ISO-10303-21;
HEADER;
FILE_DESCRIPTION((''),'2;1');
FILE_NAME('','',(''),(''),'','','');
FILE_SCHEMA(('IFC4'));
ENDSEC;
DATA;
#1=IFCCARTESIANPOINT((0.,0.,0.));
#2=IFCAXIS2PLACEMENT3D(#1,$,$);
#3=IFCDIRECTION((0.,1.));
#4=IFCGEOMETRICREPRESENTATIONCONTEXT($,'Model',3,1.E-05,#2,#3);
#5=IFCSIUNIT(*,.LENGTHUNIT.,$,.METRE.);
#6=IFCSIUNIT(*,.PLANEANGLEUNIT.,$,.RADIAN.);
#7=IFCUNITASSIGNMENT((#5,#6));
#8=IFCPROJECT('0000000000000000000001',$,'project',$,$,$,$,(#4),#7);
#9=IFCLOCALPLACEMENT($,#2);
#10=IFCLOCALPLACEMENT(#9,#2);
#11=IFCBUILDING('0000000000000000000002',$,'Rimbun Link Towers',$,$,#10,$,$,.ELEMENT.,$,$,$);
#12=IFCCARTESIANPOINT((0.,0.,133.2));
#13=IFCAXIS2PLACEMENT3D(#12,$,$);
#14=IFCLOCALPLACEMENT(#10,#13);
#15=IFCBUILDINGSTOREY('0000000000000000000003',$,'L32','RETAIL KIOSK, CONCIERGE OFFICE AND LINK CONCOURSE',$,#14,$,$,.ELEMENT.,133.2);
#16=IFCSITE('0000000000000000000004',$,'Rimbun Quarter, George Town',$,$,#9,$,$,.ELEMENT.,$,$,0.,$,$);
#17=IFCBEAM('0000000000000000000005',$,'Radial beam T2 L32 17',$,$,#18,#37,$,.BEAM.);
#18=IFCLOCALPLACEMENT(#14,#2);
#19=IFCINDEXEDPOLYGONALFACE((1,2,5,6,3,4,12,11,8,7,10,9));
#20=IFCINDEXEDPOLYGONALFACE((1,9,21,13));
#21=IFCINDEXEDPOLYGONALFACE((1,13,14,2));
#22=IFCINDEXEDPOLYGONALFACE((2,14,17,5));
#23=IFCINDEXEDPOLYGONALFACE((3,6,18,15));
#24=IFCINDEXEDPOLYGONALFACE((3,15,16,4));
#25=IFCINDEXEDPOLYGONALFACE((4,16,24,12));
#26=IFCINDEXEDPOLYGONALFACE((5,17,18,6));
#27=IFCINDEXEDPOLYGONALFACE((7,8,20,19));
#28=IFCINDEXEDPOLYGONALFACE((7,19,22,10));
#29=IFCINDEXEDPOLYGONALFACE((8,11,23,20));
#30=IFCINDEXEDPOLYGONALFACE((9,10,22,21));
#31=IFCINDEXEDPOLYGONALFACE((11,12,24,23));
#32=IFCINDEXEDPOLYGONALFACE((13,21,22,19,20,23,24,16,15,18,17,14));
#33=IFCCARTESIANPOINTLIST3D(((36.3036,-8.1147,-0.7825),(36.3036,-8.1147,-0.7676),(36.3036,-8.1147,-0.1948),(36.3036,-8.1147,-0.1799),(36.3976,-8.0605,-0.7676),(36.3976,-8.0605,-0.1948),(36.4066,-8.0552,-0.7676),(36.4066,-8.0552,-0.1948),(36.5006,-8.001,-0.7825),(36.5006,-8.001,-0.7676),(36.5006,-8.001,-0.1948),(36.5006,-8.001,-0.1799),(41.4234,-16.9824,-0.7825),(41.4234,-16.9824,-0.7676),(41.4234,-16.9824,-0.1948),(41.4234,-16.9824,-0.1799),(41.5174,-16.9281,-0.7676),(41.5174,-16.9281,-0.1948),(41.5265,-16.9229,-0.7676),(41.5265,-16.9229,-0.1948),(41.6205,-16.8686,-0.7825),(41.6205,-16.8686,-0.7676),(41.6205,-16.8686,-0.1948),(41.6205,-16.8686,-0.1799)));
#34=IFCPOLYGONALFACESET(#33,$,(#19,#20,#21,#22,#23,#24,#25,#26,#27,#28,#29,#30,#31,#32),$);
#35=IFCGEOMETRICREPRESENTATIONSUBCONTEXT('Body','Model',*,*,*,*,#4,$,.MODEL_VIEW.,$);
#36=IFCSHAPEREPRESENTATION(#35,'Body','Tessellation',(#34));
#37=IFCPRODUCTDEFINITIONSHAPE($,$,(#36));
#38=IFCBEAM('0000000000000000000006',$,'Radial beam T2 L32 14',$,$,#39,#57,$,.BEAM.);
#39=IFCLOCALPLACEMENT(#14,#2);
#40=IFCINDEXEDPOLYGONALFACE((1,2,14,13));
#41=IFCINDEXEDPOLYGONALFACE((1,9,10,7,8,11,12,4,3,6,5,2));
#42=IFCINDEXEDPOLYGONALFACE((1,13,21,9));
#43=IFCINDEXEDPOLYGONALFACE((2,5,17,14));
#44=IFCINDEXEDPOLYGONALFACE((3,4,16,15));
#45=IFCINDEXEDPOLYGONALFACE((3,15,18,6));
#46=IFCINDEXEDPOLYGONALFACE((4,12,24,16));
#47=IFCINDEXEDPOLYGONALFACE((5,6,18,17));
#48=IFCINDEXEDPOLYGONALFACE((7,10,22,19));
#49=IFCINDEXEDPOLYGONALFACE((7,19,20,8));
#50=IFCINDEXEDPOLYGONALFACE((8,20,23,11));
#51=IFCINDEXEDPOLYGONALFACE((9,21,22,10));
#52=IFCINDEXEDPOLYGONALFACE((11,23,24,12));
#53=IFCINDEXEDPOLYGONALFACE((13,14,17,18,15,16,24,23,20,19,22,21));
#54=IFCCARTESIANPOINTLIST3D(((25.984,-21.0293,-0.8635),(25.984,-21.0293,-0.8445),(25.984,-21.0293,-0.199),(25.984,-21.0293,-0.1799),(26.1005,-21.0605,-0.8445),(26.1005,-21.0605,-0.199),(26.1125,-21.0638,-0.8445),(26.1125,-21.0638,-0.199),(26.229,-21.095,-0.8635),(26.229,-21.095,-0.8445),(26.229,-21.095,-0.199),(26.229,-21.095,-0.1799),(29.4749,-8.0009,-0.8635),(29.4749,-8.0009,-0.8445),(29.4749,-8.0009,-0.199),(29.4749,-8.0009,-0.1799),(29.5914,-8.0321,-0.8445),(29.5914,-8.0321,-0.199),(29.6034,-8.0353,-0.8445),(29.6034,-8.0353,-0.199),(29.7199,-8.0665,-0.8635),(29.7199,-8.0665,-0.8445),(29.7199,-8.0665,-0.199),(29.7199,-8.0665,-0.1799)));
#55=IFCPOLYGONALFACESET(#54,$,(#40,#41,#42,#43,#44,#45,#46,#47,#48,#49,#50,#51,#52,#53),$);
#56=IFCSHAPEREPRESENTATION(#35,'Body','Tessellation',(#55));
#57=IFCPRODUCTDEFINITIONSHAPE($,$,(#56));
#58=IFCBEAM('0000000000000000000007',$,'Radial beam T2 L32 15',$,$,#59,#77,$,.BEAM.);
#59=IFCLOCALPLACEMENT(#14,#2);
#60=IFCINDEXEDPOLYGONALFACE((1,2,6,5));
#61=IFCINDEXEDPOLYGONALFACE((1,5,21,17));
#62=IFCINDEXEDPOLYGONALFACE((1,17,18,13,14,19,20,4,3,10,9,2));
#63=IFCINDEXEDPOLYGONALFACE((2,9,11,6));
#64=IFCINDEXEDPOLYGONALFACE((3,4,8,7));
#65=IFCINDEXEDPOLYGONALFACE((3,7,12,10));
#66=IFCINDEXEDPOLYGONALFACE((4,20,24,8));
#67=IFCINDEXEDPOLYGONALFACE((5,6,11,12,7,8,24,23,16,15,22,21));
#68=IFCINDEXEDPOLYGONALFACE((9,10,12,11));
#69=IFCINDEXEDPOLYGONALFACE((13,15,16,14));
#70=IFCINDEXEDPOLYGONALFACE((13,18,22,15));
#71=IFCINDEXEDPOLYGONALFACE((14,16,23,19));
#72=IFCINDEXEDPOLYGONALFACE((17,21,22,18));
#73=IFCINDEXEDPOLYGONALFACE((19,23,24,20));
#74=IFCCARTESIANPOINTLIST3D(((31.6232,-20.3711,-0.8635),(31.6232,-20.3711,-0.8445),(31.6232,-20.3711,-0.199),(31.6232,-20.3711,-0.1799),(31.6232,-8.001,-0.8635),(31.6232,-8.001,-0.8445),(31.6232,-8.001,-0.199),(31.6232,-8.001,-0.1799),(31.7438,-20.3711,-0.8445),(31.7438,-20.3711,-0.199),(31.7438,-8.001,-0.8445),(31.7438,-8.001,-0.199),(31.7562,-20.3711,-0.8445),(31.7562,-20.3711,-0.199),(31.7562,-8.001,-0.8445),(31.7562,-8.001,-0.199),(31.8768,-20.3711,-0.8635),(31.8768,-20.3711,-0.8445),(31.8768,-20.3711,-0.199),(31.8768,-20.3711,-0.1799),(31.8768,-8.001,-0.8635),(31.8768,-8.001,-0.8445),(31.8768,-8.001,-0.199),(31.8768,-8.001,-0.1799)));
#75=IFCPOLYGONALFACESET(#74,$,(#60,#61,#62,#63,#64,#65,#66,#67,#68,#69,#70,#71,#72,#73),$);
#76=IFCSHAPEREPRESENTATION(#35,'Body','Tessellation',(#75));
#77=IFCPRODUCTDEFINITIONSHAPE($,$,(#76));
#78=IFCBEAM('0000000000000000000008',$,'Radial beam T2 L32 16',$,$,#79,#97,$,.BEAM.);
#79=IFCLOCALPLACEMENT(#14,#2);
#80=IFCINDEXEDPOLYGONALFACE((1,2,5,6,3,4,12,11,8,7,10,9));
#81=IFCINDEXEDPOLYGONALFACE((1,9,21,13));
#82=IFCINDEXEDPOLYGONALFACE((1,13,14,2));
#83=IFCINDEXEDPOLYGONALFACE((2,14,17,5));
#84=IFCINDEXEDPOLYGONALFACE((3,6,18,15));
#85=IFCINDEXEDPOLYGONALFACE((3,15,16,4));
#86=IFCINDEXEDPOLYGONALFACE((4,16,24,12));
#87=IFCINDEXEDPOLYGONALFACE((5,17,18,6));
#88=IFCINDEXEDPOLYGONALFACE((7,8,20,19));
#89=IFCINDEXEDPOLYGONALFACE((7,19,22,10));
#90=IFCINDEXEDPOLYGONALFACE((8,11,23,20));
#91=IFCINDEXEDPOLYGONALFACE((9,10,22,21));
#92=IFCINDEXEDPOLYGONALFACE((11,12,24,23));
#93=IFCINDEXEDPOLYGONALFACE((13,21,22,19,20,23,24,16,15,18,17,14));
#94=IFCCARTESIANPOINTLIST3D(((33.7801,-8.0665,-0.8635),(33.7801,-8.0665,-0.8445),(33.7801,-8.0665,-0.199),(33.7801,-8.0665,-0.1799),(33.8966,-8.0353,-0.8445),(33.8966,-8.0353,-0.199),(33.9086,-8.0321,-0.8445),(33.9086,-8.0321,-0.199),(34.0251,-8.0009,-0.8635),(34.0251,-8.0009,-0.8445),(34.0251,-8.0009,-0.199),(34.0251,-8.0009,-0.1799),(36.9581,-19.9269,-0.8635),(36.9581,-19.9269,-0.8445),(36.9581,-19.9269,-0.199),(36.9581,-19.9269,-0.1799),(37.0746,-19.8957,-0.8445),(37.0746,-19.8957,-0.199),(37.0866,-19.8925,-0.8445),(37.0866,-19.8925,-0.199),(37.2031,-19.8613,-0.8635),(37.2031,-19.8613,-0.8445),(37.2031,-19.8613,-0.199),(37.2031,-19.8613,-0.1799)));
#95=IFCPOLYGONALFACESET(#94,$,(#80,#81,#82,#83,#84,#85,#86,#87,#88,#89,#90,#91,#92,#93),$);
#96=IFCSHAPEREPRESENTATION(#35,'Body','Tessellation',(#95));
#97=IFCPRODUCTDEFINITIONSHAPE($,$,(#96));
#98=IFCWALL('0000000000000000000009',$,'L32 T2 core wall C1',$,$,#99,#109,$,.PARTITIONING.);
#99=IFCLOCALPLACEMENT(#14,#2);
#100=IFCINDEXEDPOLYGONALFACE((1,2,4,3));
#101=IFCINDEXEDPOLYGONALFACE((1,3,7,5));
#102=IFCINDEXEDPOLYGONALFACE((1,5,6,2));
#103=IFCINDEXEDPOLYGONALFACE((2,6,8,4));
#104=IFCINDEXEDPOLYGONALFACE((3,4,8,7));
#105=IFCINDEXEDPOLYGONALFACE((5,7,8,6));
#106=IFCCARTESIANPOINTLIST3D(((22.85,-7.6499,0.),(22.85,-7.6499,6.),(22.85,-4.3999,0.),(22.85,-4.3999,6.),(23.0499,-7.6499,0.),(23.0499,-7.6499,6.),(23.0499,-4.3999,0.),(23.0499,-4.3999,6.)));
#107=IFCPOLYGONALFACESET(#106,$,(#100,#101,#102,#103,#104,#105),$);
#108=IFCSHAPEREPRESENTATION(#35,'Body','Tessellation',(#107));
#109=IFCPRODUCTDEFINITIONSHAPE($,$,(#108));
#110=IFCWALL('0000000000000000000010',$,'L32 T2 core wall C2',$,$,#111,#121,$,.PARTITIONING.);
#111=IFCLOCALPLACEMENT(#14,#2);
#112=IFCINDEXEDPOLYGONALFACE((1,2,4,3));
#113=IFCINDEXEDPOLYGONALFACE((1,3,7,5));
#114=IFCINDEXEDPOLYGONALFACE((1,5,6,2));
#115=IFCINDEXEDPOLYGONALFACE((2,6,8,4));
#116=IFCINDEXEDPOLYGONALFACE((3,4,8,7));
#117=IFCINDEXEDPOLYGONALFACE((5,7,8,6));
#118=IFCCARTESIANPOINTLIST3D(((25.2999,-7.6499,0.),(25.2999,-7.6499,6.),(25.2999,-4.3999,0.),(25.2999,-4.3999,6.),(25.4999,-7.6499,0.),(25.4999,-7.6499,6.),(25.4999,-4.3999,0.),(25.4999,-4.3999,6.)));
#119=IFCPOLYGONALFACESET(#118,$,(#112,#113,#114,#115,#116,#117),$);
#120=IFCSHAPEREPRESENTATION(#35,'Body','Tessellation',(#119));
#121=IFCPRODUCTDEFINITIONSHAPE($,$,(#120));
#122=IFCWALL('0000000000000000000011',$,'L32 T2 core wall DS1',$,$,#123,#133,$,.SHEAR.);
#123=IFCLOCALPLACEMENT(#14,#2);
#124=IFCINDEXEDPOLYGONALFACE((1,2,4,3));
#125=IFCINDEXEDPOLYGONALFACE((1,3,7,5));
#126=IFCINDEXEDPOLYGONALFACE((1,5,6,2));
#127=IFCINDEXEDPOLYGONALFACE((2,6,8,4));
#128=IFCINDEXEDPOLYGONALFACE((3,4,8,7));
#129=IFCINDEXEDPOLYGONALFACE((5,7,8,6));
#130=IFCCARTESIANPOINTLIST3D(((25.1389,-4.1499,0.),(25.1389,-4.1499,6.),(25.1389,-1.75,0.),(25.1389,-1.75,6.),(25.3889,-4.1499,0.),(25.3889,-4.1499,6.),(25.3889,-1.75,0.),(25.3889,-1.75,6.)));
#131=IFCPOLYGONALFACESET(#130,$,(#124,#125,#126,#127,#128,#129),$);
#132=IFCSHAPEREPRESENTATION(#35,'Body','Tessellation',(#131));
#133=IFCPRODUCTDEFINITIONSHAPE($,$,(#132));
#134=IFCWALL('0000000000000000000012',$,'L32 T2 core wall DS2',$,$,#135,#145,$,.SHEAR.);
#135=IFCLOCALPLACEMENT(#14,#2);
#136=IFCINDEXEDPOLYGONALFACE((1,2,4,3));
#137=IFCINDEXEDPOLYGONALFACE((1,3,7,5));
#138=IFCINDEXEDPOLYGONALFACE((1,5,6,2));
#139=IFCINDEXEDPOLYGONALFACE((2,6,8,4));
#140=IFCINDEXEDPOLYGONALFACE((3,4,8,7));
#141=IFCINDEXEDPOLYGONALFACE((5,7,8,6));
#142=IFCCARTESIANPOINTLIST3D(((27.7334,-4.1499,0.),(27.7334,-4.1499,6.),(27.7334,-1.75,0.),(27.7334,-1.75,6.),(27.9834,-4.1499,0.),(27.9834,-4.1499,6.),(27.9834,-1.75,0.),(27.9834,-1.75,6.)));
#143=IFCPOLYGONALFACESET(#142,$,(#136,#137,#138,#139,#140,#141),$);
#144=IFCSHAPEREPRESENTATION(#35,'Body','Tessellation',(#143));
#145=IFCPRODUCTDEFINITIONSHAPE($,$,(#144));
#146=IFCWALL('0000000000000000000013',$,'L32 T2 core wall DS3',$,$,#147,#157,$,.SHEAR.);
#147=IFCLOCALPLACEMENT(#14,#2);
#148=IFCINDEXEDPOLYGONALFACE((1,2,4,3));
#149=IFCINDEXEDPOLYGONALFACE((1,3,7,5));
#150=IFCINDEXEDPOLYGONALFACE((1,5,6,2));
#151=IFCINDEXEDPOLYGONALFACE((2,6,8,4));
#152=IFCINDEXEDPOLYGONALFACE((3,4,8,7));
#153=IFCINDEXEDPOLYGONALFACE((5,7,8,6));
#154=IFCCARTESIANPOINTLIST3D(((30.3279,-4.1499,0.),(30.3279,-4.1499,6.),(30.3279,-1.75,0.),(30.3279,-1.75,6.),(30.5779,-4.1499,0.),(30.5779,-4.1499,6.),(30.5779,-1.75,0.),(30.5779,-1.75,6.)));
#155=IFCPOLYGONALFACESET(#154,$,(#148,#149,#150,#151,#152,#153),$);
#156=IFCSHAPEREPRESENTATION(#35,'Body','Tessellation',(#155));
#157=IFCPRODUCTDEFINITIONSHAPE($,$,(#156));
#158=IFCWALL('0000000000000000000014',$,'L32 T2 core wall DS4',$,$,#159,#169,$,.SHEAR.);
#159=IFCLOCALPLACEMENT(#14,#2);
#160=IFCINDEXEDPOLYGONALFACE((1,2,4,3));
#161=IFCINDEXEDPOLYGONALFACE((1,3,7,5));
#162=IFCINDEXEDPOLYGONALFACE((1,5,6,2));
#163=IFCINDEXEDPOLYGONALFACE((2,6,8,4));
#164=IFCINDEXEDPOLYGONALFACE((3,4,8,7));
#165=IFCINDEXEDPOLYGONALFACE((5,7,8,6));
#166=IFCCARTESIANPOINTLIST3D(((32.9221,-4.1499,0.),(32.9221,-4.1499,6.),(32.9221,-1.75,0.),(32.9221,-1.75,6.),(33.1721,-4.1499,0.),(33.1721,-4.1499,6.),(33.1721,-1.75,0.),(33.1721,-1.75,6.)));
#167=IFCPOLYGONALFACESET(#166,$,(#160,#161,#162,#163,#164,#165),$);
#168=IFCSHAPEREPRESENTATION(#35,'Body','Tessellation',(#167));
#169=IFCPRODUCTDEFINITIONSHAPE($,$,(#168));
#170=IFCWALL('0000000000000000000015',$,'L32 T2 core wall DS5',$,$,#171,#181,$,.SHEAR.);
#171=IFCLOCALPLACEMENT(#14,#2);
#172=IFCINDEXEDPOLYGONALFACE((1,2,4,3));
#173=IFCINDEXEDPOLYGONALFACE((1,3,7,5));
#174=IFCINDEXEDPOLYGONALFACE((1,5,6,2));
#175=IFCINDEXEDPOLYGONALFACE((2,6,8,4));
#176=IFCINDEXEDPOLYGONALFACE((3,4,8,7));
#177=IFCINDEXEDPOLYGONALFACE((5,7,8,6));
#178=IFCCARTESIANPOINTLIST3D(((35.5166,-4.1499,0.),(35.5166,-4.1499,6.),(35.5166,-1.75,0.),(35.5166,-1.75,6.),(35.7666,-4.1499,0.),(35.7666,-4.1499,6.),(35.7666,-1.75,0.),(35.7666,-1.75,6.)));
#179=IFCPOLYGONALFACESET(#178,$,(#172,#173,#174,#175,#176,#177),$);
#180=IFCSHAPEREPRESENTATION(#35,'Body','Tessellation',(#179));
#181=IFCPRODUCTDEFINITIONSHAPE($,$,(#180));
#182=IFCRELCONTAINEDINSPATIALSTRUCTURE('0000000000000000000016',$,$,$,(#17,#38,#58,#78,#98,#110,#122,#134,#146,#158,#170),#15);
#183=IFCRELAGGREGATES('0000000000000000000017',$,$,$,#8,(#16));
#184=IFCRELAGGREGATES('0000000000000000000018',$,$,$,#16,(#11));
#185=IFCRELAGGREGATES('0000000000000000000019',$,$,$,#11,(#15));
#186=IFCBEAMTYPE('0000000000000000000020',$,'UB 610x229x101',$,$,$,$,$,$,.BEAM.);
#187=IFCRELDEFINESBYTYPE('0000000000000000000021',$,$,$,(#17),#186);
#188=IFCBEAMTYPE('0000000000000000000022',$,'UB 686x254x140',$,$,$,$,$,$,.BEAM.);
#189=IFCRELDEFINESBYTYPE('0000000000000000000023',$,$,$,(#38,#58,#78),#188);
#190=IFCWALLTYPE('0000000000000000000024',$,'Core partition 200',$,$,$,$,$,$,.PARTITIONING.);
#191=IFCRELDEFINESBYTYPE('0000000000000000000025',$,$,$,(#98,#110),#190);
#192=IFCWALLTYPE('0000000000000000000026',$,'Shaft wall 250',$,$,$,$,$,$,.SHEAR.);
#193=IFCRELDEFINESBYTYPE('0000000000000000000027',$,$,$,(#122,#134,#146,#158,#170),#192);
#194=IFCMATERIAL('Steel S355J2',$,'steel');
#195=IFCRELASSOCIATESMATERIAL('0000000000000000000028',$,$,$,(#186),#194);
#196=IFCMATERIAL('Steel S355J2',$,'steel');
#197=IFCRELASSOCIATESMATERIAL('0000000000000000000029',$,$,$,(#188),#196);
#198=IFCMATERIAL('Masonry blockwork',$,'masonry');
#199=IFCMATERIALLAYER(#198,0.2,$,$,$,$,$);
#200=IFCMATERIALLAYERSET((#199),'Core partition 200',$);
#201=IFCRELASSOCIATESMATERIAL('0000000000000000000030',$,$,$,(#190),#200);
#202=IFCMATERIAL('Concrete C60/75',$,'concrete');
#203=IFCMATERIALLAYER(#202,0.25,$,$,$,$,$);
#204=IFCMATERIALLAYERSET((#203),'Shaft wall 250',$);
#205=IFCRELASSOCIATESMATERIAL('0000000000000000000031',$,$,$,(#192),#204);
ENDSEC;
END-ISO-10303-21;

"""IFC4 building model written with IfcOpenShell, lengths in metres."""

from ifc_helpers import new_model, si_unit, direction, frame, frame_2d, origin, origin_2d, place, context, subcontext, project, spatial, rectangle, i_section, extrude, material, layer, layer_set, material_profile, profile_set, type_object, element, save


model = new_model("IFC4")

# Units and contexts
model_context = context("Model", 3, precision=1e-05, world=origin(), true_north=direction((0.0, 1.0)))
body_context = subcontext(model_context, "Body", "Model", "MODEL_VIEW")
ifc_project = project(units=[si_unit("LENGTHUNIT", "METRE"), si_unit("PLANEANGLEUNIT", "RADIAN")], contexts=[model_context])

# Site, building, storey
site_placement = place(None, origin())
site = spatial("IfcSite", under=ifc_project, at=site_placement, Name="Rimbun Quarter, George Town", CompositionType="ELEMENT", RefElevation=0.0)
building_placement = place(site_placement, origin())
building = spatial("IfcBuilding", under=site, at=building_placement, Name="Rimbun Link Towers", CompositionType="ELEMENT")
storey_placement = place(building_placement, frame((0.0, 0.0, 133.2)))
storey = spatial("IfcBuildingStorey", under=building, at=storey_placement, Name="L32", Description="RETAIL KIOSK, CONCIERGE OFFICE AND LINK CONCOURSE", CompositionType="ELEMENT", Elevation=133.2)

# Beams
ifc_material_1 = material(Name="Steel S355J2", Category="steel")
ifc_material_profile_1 = material_profile(ifc_material_1, i_section(OverallWidth=0.2275, OverallDepth=0.6025, WebThickness=0.0105, FlangeThickness=0.0149, at=origin_2d()), Name="UB 610x229x101")
ifc_profile_set_1 = profile_set([ifc_material_profile_1], Name="Steel S355J2")
beam_type_1 = type_object("IfcBeamType", Name="UB 610x229x101", PredefinedType="BEAM", material=ifc_profile_set_1)
beam_1_placement = place(storey_placement, frame((36.4021, -8.0579, -0.4812), z_axis=(0.500009, -0.86602, 0.0), x_axis=(0.86602, 0.500009, 0.0)))
element("IfcBeam", 1, at=beam_1_placement, inside=storey, type_object=beam_type_1, Name="Radial beam T2 L32 17", PredefinedType="BEAM", context=body_context, shape_type="SweptSolid", body=[
    extrude(i_section(OverallWidth=0.2275, OverallDepth=0.6025, WebThickness=0.0105, FlangeThickness=0.0149, at=origin_2d()), origin(), (0.0, 0.0, 1.0), 10.2395),
])
ifc_material_2 = material(Name="Steel S355J2", Category="steel")
ifc_material_profile_2 = material_profile(ifc_material_2, i_section(OverallWidth=0.2537, OverallDepth=0.6836, WebThickness=0.0125, FlangeThickness=0.019, at=origin_2d()), Name="UB 686x254x140")
ifc_profile_set_2 = profile_set([ifc_material_profile_2], Name="Steel S355J2")
beam_type_2 = type_object("IfcBeamType", Name="UB 686x254x140", PredefinedType="BEAM", material=ifc_profile_set_2)
beam_2_placement = place(storey_placement, frame((29.5974, -8.0337, -0.5217), z_axis=(-0.258817, -0.965926, 0.0), x_axis=(0.965926, -0.258817, 0.0)))
element("IfcBeam", 2, at=beam_2_placement, inside=storey, type_object=beam_type_2, Name="Radial beam T2 L32 14", PredefinedType="BEAM", context=body_context, shape_type="SweptSolid", body=[
    extrude(i_section(OverallWidth=0.2537, OverallDepth=0.6836, WebThickness=0.0125, FlangeThickness=0.019, at=origin_2d()), origin(), (0.0, 0.0, 1.0), 13.488),
])
beam_3_placement = place(storey_placement, frame((31.75, -8.001, -0.5217), z_axis=(0.0, -1.0, 0.0), x_axis=(1.0, 0.0, 0.0)))
element("IfcBeam", 3, at=beam_3_placement, inside=storey, type_object=beam_type_2, Name="Radial beam T2 L32 15", PredefinedType="BEAM", context=body_context, shape_type="SweptSolid", body=[
    extrude(i_section(OverallWidth=0.2537, OverallDepth=0.6836, WebThickness=0.0125, FlangeThickness=0.019, at=origin_2d()), origin(), (0.0, 0.0, 1.0), 12.3701),
])
beam_4_placement = place(storey_placement, frame((33.9026, -8.0337, -0.5217), z_axis=(0.25882, -0.965926, 0.0), x_axis=(0.965926, 0.25882, 0.0)))
element("IfcBeam", 4, at=beam_4_placement, inside=storey, type_object=beam_type_2, Name="Radial beam T2 L32 16", PredefinedType="BEAM", context=body_context, shape_type="SweptSolid", body=[
    extrude(i_section(OverallWidth=0.2537, OverallDepth=0.6836, WebThickness=0.0125, FlangeThickness=0.019, at=origin_2d()), origin(), (0.0, 0.0, 1.0), 12.2788),
])

# Walls
ifc_material_3 = material(Name="Masonry blockwork", Category="masonry")
ifc_layer_1 = layer(ifc_material_3, 0.2)
ifc_layer_set_1 = layer_set([ifc_layer_1], Name="Core partition 200")
wall_type_1 = type_object("IfcWallType", Name="Core partition 200", PredefinedType="PARTITIONING", material=ifc_layer_set_1)
for number, where, z_axis, x_axis, name in (
    (5, (22.95, -4.3999, 0.0), (0.0, 0.0, 1.0), (0.0, -1.0, 0.0), "L32 T2 core wall C1"),
    (6, (25.3999, -4.3999, 0.0), (0.0, 0.0, 1.0), (0.0, -1.0, 0.0), "L32 T2 core wall C2"),
):
    element("IfcWall", number, at=place(storey_placement, frame(where, z_axis=z_axis, x_axis=x_axis)), inside=storey, type_object=wall_type_1, Name=name, PredefinedType="PARTITIONING", context=body_context, shape_type="SweptSolid", body=[
        extrude(rectangle(XDim=3.25, YDim=0.2, at=frame_2d((1.625, 0.0))), origin(), (0.0, 0.0, 1.0), 6.0),
    ])
ifc_material_4 = material(Name="Concrete C60/75", Category="concrete")
ifc_layer_2 = layer(ifc_material_4, 0.25)
ifc_layer_set_2 = layer_set([ifc_layer_2], Name="Shaft wall 250")
wall_type_2 = type_object("IfcWallType", Name="Shaft wall 250", PredefinedType="SHEAR", material=ifc_layer_set_2)
for number, where, z_axis, x_axis, name in (
    (7, (25.2639, -4.1499, 0.0), (0.0, 0.0, 1.0), (0.0, 1.0, 0.0), "L32 T2 core wall DS1"),
    (8, (27.8584, -4.1499, 0.0), (0.0, 0.0, 1.0), (0.0, 1.0, 0.0), "L32 T2 core wall DS2"),
    (9, (30.4529, -4.1499, 0.0), (0.0, 0.0, 1.0), (0.0, 1.0, 0.0), "L32 T2 core wall DS3"),
    (10, (33.0471, -4.1499, 0.0), (0.0, 0.0, 1.0), (0.0, 1.0, 0.0), "L32 T2 core wall DS4"),
    (11, (35.6416, -4.1499, 0.0), (0.0, 0.0, 1.0), (0.0, 1.0, 0.0), "L32 T2 core wall DS5"),
):
    element("IfcWall", number, at=place(storey_placement, frame(where, z_axis=z_axis, x_axis=x_axis)), inside=storey, type_object=wall_type_2, Name=name, PredefinedType="SHEAR", context=body_context, shape_type="SweptSolid", body=[
        extrude(rectangle(XDim=2.3999, YDim=0.25, at=frame_2d((1.2, 0.0))), origin(), (0.0, 0.0, 1.0), 6.0),
    ])

save(model, "model.ifc")
